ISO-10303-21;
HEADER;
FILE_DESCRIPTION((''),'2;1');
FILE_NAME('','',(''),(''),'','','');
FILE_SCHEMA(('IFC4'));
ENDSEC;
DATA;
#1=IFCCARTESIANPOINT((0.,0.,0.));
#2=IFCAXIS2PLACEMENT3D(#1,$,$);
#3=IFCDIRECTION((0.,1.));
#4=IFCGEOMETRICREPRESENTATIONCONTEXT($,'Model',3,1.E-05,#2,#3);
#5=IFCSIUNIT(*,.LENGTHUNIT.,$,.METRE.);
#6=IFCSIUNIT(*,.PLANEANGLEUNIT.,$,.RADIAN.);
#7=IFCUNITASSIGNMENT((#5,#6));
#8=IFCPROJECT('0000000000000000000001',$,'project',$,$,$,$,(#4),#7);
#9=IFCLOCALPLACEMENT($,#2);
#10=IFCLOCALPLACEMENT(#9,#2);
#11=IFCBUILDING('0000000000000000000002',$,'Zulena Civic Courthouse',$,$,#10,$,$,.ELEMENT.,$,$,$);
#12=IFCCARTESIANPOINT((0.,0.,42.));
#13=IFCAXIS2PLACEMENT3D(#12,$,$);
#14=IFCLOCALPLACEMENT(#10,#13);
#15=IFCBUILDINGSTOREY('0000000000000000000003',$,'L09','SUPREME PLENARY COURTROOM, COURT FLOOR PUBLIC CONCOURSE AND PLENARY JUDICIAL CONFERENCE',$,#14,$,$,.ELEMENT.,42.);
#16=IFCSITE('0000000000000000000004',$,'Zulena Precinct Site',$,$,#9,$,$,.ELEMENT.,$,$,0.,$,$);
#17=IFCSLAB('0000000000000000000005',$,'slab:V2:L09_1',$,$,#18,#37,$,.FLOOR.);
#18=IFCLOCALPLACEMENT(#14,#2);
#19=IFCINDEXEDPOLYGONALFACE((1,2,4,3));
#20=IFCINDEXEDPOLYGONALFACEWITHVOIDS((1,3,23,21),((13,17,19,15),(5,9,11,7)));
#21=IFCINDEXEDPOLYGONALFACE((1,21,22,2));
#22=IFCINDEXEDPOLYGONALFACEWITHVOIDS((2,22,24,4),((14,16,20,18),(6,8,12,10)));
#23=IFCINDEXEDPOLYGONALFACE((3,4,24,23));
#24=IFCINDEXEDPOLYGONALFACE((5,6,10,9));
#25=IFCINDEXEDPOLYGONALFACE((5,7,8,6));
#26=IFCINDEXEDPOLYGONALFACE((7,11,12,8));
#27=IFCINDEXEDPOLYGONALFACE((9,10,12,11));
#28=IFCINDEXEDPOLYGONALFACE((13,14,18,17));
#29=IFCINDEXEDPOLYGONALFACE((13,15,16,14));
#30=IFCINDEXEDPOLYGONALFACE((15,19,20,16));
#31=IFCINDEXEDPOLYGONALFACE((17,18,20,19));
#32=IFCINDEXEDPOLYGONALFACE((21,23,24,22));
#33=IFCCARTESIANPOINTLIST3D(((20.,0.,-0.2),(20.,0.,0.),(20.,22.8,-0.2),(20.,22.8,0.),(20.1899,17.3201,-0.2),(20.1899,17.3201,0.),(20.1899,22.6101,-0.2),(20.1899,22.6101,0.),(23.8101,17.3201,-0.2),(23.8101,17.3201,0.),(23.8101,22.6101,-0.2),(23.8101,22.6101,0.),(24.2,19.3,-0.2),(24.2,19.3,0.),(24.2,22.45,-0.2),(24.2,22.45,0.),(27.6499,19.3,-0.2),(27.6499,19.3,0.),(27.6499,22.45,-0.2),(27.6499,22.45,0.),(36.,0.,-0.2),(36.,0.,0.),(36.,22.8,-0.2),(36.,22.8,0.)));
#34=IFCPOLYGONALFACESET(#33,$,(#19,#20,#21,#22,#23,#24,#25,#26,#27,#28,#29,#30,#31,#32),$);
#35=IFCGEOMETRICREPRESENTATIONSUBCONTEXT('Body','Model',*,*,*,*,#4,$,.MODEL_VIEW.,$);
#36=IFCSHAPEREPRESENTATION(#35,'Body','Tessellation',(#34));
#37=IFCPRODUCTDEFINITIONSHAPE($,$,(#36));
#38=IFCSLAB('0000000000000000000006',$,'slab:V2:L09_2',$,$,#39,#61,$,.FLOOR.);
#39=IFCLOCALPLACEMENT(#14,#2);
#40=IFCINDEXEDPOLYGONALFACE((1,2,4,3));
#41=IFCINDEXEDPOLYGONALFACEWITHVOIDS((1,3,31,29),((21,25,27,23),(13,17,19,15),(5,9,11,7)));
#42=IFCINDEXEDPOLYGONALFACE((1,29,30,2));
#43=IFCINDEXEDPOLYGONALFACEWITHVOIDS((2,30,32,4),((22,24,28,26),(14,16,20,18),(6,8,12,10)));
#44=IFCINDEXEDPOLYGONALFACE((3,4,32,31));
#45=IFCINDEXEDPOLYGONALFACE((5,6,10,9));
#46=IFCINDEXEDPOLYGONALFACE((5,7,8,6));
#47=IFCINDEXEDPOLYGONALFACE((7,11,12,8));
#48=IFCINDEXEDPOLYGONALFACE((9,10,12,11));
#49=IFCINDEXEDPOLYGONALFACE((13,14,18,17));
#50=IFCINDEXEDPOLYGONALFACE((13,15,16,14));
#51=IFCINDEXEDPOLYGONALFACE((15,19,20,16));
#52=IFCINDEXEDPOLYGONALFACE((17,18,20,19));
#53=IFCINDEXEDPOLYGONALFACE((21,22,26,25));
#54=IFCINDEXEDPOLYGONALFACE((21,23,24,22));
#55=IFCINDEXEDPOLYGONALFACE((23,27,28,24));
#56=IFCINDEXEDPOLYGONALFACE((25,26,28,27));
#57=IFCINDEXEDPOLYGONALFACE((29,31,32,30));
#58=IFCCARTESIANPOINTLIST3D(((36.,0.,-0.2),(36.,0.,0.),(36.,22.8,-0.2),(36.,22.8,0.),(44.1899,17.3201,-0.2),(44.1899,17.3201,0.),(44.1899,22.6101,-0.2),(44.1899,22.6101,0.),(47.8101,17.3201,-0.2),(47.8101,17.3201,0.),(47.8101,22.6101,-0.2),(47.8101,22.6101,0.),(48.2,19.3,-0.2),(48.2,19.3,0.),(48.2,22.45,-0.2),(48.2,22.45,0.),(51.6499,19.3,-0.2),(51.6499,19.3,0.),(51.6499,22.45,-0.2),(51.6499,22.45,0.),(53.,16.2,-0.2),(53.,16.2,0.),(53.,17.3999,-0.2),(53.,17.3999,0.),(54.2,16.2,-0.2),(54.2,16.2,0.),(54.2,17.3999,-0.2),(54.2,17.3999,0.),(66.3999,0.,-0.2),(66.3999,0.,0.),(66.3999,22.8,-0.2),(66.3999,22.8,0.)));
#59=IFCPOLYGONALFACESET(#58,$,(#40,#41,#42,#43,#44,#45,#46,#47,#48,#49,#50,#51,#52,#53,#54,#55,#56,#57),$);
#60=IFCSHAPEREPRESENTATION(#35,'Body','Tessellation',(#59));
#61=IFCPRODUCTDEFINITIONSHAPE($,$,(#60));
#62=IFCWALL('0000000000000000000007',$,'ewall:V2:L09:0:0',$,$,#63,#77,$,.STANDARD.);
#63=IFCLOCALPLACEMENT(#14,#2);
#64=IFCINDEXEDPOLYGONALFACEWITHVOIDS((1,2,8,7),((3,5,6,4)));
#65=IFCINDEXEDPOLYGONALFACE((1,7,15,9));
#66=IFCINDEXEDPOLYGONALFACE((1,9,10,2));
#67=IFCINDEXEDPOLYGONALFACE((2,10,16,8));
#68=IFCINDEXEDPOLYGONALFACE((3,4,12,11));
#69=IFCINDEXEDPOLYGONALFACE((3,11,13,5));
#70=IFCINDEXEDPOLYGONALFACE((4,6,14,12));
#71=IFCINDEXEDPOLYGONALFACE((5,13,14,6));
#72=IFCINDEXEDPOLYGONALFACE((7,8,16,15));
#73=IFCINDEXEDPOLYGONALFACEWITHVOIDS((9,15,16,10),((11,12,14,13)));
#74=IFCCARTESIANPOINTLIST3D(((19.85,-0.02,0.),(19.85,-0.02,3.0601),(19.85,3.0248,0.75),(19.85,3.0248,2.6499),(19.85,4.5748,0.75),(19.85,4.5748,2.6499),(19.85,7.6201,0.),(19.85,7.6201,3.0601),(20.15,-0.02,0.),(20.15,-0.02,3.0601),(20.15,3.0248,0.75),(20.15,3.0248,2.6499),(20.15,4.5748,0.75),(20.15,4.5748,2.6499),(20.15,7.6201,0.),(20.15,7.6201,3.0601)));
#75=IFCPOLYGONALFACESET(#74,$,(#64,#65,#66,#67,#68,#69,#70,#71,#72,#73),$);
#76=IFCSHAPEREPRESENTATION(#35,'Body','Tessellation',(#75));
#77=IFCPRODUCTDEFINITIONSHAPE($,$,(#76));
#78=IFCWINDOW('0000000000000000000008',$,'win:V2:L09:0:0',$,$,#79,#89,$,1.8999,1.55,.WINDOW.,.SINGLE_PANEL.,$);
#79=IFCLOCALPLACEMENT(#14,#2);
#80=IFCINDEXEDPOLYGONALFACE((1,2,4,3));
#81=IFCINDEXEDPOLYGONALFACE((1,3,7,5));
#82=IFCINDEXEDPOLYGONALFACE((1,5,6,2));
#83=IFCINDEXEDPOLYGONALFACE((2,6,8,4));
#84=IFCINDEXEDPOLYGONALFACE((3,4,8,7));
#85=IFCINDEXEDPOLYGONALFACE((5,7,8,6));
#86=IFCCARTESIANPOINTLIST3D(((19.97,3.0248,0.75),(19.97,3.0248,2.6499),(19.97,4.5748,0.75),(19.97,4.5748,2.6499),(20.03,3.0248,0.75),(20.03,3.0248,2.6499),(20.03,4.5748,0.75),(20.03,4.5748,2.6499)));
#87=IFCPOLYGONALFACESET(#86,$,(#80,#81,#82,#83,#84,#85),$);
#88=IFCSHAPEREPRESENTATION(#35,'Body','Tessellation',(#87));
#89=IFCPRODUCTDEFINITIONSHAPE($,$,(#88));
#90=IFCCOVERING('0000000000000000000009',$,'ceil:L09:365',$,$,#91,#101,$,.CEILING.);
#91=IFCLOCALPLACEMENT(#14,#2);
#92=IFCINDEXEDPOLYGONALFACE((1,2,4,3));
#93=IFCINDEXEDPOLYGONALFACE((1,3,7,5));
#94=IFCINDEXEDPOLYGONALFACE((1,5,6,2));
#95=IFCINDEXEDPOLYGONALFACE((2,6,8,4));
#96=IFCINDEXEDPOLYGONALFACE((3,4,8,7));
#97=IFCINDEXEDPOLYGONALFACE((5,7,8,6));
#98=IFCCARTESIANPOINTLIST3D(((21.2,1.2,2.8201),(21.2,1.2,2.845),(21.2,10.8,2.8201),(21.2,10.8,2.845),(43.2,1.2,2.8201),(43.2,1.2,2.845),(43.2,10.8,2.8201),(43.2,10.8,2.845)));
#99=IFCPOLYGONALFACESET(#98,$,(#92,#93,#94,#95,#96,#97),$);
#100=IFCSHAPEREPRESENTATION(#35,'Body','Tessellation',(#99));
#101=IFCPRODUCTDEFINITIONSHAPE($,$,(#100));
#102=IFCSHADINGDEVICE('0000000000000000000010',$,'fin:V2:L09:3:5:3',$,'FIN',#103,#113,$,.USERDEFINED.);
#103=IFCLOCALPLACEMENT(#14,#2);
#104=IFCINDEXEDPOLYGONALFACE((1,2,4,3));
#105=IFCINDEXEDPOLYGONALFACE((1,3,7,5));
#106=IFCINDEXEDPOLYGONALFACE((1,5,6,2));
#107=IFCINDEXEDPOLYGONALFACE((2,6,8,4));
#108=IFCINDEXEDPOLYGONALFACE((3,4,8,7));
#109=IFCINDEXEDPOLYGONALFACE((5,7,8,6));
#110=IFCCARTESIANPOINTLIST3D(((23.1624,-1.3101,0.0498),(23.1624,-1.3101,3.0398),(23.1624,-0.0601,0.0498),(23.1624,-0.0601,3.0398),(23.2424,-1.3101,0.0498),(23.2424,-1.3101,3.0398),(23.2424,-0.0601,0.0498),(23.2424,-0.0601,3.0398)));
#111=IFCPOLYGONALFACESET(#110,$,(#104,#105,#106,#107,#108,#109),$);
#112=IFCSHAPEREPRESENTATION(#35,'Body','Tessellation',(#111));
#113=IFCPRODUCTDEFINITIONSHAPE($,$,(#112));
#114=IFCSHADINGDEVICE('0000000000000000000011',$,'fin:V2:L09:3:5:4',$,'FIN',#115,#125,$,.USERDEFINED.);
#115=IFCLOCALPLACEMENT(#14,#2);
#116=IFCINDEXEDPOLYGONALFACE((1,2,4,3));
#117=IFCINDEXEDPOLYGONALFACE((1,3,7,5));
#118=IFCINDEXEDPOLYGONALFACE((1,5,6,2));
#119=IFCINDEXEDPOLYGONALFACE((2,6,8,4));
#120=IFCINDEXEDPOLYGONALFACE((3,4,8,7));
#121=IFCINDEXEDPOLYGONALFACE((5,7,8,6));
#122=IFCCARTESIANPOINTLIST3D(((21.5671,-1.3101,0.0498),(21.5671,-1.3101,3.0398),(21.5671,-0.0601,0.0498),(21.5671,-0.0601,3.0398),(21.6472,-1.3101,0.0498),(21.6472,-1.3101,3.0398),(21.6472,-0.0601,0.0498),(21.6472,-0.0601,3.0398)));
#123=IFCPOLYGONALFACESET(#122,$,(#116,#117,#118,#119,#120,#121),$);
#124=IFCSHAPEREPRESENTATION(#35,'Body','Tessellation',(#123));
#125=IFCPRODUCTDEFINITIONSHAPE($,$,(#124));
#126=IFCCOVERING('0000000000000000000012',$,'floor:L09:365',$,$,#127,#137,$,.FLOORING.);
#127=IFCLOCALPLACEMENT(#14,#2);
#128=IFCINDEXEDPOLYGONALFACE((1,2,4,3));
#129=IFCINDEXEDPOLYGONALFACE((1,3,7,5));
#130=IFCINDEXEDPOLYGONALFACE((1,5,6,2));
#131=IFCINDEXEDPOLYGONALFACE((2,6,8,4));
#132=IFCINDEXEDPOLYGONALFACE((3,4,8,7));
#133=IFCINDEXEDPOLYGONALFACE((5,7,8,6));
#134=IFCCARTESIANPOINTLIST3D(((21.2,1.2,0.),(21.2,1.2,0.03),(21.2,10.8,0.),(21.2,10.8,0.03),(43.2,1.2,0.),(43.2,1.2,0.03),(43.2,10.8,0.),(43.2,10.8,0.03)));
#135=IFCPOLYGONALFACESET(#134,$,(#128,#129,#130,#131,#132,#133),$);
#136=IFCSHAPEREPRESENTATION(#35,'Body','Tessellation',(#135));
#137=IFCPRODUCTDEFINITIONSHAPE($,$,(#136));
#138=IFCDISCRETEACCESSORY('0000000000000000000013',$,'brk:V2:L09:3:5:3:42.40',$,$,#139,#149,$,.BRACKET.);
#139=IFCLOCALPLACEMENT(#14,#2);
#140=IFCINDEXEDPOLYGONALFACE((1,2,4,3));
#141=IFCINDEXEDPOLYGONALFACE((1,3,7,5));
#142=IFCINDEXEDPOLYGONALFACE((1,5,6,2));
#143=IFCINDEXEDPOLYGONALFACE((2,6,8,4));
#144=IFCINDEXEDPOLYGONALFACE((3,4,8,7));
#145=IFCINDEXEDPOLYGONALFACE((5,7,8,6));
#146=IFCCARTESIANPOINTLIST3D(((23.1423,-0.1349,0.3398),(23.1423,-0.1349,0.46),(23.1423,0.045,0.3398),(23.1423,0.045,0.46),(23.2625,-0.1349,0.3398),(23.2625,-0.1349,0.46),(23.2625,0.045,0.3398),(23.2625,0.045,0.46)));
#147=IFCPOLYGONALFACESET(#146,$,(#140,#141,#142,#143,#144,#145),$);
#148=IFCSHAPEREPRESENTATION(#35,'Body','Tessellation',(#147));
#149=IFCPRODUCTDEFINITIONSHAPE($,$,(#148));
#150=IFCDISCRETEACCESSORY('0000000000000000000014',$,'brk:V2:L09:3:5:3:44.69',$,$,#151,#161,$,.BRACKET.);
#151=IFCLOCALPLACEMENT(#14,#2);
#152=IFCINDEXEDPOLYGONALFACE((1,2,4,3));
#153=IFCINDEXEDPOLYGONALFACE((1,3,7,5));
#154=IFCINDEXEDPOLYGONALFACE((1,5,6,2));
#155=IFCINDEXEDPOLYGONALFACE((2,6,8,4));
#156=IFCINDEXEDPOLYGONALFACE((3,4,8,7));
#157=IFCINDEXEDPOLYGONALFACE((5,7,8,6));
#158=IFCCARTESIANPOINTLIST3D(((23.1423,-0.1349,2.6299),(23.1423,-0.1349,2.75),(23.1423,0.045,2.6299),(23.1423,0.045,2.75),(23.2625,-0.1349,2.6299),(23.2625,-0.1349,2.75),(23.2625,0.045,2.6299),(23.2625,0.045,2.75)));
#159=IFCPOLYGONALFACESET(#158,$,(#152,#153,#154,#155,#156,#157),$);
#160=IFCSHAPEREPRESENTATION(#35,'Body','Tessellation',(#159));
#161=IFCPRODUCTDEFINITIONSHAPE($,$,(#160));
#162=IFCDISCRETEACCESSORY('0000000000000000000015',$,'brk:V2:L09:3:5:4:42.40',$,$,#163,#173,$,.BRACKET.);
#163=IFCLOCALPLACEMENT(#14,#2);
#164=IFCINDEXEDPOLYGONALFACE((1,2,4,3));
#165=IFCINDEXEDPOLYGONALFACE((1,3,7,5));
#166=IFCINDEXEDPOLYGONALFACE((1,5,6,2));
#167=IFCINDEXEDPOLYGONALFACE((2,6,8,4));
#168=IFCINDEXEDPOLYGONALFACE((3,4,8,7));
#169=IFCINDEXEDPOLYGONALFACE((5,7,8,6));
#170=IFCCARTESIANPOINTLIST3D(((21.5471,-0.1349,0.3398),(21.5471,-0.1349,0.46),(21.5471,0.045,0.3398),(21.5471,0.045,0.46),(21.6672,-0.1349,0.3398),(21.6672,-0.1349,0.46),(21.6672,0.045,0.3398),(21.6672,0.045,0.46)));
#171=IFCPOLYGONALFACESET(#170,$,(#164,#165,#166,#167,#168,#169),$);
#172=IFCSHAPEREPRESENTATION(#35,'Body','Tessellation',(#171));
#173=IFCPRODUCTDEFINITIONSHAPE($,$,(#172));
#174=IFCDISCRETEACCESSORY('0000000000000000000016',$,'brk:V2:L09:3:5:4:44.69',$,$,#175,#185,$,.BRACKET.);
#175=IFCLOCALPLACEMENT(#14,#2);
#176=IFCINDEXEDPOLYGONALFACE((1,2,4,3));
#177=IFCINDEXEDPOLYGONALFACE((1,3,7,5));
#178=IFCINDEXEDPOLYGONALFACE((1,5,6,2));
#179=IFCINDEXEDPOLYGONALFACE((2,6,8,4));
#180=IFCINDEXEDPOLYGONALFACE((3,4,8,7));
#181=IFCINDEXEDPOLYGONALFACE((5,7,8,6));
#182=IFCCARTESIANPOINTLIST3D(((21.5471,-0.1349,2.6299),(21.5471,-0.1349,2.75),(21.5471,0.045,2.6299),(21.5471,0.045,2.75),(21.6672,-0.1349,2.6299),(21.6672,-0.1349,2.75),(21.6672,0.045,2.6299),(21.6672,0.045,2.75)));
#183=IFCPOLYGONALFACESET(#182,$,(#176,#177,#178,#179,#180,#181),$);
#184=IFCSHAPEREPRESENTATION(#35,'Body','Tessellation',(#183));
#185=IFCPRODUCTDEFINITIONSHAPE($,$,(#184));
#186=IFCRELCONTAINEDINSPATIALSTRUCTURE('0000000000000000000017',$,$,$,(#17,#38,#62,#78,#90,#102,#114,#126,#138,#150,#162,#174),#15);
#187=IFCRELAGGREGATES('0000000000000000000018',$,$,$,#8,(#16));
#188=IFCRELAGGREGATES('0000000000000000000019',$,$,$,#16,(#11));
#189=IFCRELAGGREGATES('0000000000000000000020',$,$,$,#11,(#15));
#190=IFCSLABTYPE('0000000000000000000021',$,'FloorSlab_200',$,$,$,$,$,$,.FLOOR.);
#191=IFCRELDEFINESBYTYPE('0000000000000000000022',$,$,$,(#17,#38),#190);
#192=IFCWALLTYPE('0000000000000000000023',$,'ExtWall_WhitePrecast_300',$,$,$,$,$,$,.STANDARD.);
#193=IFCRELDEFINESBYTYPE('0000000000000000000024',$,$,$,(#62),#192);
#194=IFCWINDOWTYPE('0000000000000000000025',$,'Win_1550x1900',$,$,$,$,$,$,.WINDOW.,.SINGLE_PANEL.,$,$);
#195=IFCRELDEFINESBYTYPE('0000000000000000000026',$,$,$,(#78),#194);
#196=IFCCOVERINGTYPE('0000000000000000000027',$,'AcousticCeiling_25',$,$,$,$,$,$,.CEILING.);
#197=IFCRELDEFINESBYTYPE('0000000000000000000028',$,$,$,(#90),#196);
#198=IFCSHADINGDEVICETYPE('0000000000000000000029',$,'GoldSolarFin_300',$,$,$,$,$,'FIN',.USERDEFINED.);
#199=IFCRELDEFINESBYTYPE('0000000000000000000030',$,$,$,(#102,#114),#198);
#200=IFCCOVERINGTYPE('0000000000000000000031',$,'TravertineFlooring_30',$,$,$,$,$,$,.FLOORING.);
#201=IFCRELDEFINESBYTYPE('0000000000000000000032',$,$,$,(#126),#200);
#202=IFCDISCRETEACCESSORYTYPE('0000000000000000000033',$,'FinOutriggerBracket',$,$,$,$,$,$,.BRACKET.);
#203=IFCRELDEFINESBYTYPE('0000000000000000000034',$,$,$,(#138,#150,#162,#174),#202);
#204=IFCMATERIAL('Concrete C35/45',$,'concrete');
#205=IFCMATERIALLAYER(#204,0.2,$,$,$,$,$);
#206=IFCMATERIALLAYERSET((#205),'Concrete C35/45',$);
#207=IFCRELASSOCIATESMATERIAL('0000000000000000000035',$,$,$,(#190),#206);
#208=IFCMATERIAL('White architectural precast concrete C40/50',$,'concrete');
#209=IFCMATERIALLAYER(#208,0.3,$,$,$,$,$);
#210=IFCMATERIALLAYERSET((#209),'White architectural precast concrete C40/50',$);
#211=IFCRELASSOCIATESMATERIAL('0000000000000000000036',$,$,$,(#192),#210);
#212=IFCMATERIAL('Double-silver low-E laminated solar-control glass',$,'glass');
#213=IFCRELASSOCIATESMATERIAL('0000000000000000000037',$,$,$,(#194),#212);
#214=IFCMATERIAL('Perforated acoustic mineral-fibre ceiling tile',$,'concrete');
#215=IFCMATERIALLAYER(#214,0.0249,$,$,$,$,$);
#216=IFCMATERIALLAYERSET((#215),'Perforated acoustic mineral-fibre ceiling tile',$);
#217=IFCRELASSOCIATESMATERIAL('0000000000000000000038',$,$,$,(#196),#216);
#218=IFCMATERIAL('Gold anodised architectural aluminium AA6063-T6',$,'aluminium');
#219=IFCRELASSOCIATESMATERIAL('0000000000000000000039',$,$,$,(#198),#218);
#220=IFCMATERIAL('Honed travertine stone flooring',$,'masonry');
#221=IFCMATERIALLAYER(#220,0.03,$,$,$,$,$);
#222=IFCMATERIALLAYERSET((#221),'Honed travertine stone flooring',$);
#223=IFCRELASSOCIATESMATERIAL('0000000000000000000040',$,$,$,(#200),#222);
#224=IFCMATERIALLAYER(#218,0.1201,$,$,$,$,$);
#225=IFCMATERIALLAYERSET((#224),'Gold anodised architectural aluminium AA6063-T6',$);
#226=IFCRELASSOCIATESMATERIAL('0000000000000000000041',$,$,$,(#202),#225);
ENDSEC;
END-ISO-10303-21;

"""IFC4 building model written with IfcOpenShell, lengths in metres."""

from ifc_helpers import new_model, si_unit, direction, frame, frame_2d, origin, origin_2d, place, context, subcontext, project, spatial, polyline, rectangle, outline, extrude, material, layer, layer_set, type_object, element, fill, save


model = new_model("IFC4")

# Units and contexts
model_context = context("Model", 3, precision=1e-05, world=origin(), true_north=direction((0.0, 1.0)))
body_context = subcontext(model_context, "Body", "Model", "MODEL_VIEW")
ifc_project = project(units=[si_unit("LENGTHUNIT", "METRE"), si_unit("PLANEANGLEUNIT", "RADIAN")], contexts=[model_context])

# Site, building, storey
site_placement = place(None, origin())
site = spatial("IfcSite", under=ifc_project, at=site_placement, Name="Zulena Precinct Site", CompositionType="ELEMENT", RefElevation=0.0)
building_placement = place(site_placement, origin())
building = spatial("IfcBuilding", under=site, at=building_placement, Name="Zulena Civic Courthouse", CompositionType="ELEMENT")
storey_placement = place(building_placement, frame((0.0, 0.0, 42.0)))
storey = spatial("IfcBuildingStorey", under=building, at=storey_placement, Name="L09", Description="SUPREME PLENARY COURTROOM, COURT FLOOR PUBLIC CONCOURSE AND PLENARY JUDICIAL CONFERENCE", CompositionType="ELEMENT", Elevation=42.0)

# Shared definitions
ifc_material_1 = material(Name="Double-silver low-E laminated solar-control glass", Category="glass")

# Slabs
ifc_material_2 = material(Name="Concrete C35/45", Category="concrete")
ifc_layer_1 = layer(ifc_material_2, 0.2)
ifc_layer_set_1 = layer_set([ifc_layer_1], Name="Concrete C35/45")
slab_type = type_object("IfcSlabType", Name="FloorSlab_200", PredefinedType="FLOOR", material=ifc_layer_set_1)
slab_1_placement = place(storey_placement, frame((0.0, 0.0, -0.2)))
element("IfcSlab", 1, at=slab_1_placement, inside=storey, type_object=slab_type, Name="slab:V2:L09_1", PredefinedType="FLOOR", context=body_context, shape_type="SweptSolid", body=[
    extrude(outline(polyline([(36.0, 22.8), (36.0, 0.0), (20.0, 0.0), (20.0, 22.8), (36.0, 22.8)]), holes=[polyline([(23.8101, 22.6101), (20.1899, 22.6101), (20.1899, 17.3201), (23.8101, 17.3201), (23.8101, 22.6101)]), polyline([(27.6499, 19.3), (27.6499, 22.45), (24.2, 22.45), (24.2, 19.3), (27.6499, 19.3)])]), origin(), (0.0, 0.0, 1.0), 0.2),
])
slab_2_placement = place(storey_placement, frame((0.0, 0.0, -0.2)))
element("IfcSlab", 2, at=slab_2_placement, inside=storey, type_object=slab_type, Name="slab:V2:L09_2", PredefinedType="FLOOR", context=body_context, shape_type="SweptSolid", body=[
    extrude(outline(polyline([(66.3999, 22.8), (66.3999, 0.0), (36.0, 0.0), (36.0, 22.8), (66.3999, 22.8)]), holes=[polyline([(44.1899, 17.3201), (47.8101, 17.3201), (47.8101, 22.6101), (44.1899, 22.6101), (44.1899, 17.3201)]), polyline([(48.2, 22.45), (48.2, 19.3), (51.6499, 19.3), (51.6499, 22.45), (48.2, 22.45)]), polyline([(54.2, 17.3999), (53.0, 17.3999), (53.0, 16.2), (54.2, 16.2), (54.2, 17.3999)])]), origin(), (0.0, 0.0, 1.0), 0.2),
])

# Wall, opening, window
ifc_material_3 = material(Name="White architectural precast concrete C40/50", Category="concrete")
ifc_layer_2 = layer(ifc_material_3, 0.3)
ifc_layer_set_2 = layer_set([ifc_layer_2], Name="White architectural precast concrete C40/50")
wall_type = type_object("IfcWallType", Name="ExtWall_WhitePrecast_300", PredefinedType="STANDARD", material=ifc_layer_set_2)
wall_placement = place(storey_placement, frame((20.0, -0.02, 0.0), z_axis=(0.0, 0.0, 1.0), x_axis=(0.0, 1.0, 0.0)))
wall = element("IfcWall", 3, at=wall_placement, inside=storey, type_object=wall_type, Name="ewall:V2:L09:0:0", PredefinedType="STANDARD", context=body_context, shape_type="SweptSolid", body=[
    extrude(rectangle(XDim=7.6401, YDim=0.3, at=frame_2d((3.8201, 0.0))), origin(), (0.0, 0.0, 1.0), 3.0601),
])
opening_placement = place(wall_placement, frame((3.0449, 0.0, 0.75)))
opening = element("IfcOpeningElement", 4, at=opening_placement, cuts=wall, PredefinedType="OPENING", context=body_context, shape_type="SweptSolid", body=[
    extrude(rectangle(XDim=1.55, YDim=1.8999, at=frame_2d((0.7749, 0.95))), frame((0.0, 0.1599, 0.0), z_axis=(0.0, -1.0, 0.0), x_axis=(1.0, 0.0, 0.0)), (0.0, 0.0, 1.0), 0.3201),
])
window_type = type_object("IfcWindowType", Name="Win_1550x1900", PartitioningType="SINGLE_PANEL", PredefinedType="WINDOW", material=ifc_material_1)
window_placement = place(opening_placement, origin())
window = element("IfcWindow", 5, at=window_placement, inside=storey, type_object=window_type, Name="win:V2:L09:0:0", OverallHeight=1.8999, OverallWidth=1.55, PartitioningType="SINGLE_PANEL", PredefinedType="WINDOW", context=body_context, shape_type="SweptSolid", body=[
    extrude(rectangle(XDim=1.55, YDim=1.8999, at=frame_2d((0.7749, 0.95))), frame((0.0, 0.03, 0.0), z_axis=(0.0, -1.0, 0.0), x_axis=(1.0, 0.0, 0.0)), (0.0, 0.0, 1.0), 0.0601),
])
fill(opening, window)

# Covering
ifc_material_4 = material(Name="Perforated acoustic mineral-fibre ceiling tile", Category="concrete")
ifc_layer_3 = layer(ifc_material_4, 0.0249)
ifc_layer_set_3 = layer_set([ifc_layer_3], Name="Perforated acoustic mineral-fibre ceiling tile")
covering_type_1 = type_object("IfcCoveringType", Name="AcousticCeiling_25", PredefinedType="CEILING", material=ifc_layer_set_3)
covering_1_placement = place(storey_placement, frame((0.0, 0.0, 2.8201)))
element("IfcCovering", 6, at=covering_1_placement, inside=storey, type_object=covering_type_1, Name="ceil:L09:365", PredefinedType="CEILING", context=body_context, shape_type="SweptSolid", body=[
    extrude(outline(polyline([(21.2, 1.2), (43.2, 1.2), (43.2, 10.8), (21.2, 10.8), (21.2, 1.2)])), origin(), (0.0, 0.0, 1.0), 0.0249),
])

# Shading devices
ifc_material_5 = material(Name="Gold anodised architectural aluminium AA6063-T6", Category="aluminium")
shading_device_type = type_object("IfcShadingDeviceType", Name="GoldSolarFin_300", ElementType="FIN", PredefinedType="USERDEFINED", material=ifc_material_5)
for number, where, z_axis, x_axis, name in (
    (7, (23.2024, -0.6851, 0.0498), (0.0, 0.0, 1.0), (0.0, -1.0, 0.0), "fin:V2:L09:3:5:3"),
    (8, (21.6072, -0.6851, 0.0498), (0.0, 0.0, 1.0), (0.0, -1.0, 0.0), "fin:V2:L09:3:5:4"),
):
    element("IfcShadingDevice", number, at=place(storey_placement, frame(where, z_axis=z_axis, x_axis=x_axis)), inside=storey, type_object=shading_device_type, Name=name, ObjectType="FIN", PredefinedType="USERDEFINED", context=body_context, shape_type="SweptSolid", body=[
        extrude(rectangle(XDim=1.25, YDim=0.0801, at=origin_2d()), origin(), (0.0, 0.0, 1.0), 2.99),
    ])

# Covering
ifc_material_6 = material(Name="Honed travertine stone flooring", Category="masonry")
ifc_layer_4 = layer(ifc_material_6, 0.03)
ifc_layer_set_4 = layer_set([ifc_layer_4], Name="Honed travertine stone flooring")
covering_type_2 = type_object("IfcCoveringType", Name="TravertineFlooring_30", PredefinedType="FLOORING", material=ifc_layer_set_4)
covering_2_placement = place(storey_placement, origin())
element("IfcCovering", 9, at=covering_2_placement, inside=storey, type_object=covering_type_2, Name="floor:L09:365", PredefinedType="FLOORING", context=body_context, shape_type="SweptSolid", body=[
    extrude(outline(polyline([(21.2, 1.2), (43.2, 1.2), (43.2, 10.8), (21.2, 10.8), (21.2, 1.2)])), origin(), (0.0, 0.0, 1.0), 0.03),
])

# Discrete accessories
ifc_layer_5 = layer(ifc_material_5, 0.1201)
ifc_layer_set_5 = layer_set([ifc_layer_5], Name="Gold anodised architectural aluminium AA6063-T6")
discrete_accessory_type = type_object("IfcDiscreteAccessoryType", Name="FinOutriggerBracket", PredefinedType="BRACKET", material=ifc_layer_set_5)
for number, where, z_axis, x_axis, name in (
    (10, (23.2024, -0.0449, 0.3398), (0.0, 0.0, 1.0), (0.0, -1.0, 0.0), "brk:V2:L09:3:5:3:42.40"),
    (11, (23.2024, -0.0449, 2.6299), (0.0, 0.0, 1.0), (0.0, -1.0, 0.0), "brk:V2:L09:3:5:3:44.69"),
    (12, (21.6072, -0.0449, 0.3398), (0.0, 0.0, 1.0), (0.0, -1.0, 0.0), "brk:V2:L09:3:5:4:42.40"),
    (13, (21.6072, -0.0449, 2.6299), (0.0, 0.0, 1.0), (0.0, -1.0, 0.0), "brk:V2:L09:3:5:4:44.69"),
):
    element("IfcDiscreteAccessory", number, at=place(storey_placement, frame(where, z_axis=z_axis, x_axis=x_axis)), inside=storey, type_object=discrete_accessory_type, Name=name, PredefinedType="BRACKET", context=body_context, shape_type="SweptSolid", body=[
        extrude(rectangle(XDim=0.1799, YDim=0.1201, at=origin_2d()), origin(), (0.0, 0.0, 1.0), 0.1201),
    ])

save(model, "model.ifc")
